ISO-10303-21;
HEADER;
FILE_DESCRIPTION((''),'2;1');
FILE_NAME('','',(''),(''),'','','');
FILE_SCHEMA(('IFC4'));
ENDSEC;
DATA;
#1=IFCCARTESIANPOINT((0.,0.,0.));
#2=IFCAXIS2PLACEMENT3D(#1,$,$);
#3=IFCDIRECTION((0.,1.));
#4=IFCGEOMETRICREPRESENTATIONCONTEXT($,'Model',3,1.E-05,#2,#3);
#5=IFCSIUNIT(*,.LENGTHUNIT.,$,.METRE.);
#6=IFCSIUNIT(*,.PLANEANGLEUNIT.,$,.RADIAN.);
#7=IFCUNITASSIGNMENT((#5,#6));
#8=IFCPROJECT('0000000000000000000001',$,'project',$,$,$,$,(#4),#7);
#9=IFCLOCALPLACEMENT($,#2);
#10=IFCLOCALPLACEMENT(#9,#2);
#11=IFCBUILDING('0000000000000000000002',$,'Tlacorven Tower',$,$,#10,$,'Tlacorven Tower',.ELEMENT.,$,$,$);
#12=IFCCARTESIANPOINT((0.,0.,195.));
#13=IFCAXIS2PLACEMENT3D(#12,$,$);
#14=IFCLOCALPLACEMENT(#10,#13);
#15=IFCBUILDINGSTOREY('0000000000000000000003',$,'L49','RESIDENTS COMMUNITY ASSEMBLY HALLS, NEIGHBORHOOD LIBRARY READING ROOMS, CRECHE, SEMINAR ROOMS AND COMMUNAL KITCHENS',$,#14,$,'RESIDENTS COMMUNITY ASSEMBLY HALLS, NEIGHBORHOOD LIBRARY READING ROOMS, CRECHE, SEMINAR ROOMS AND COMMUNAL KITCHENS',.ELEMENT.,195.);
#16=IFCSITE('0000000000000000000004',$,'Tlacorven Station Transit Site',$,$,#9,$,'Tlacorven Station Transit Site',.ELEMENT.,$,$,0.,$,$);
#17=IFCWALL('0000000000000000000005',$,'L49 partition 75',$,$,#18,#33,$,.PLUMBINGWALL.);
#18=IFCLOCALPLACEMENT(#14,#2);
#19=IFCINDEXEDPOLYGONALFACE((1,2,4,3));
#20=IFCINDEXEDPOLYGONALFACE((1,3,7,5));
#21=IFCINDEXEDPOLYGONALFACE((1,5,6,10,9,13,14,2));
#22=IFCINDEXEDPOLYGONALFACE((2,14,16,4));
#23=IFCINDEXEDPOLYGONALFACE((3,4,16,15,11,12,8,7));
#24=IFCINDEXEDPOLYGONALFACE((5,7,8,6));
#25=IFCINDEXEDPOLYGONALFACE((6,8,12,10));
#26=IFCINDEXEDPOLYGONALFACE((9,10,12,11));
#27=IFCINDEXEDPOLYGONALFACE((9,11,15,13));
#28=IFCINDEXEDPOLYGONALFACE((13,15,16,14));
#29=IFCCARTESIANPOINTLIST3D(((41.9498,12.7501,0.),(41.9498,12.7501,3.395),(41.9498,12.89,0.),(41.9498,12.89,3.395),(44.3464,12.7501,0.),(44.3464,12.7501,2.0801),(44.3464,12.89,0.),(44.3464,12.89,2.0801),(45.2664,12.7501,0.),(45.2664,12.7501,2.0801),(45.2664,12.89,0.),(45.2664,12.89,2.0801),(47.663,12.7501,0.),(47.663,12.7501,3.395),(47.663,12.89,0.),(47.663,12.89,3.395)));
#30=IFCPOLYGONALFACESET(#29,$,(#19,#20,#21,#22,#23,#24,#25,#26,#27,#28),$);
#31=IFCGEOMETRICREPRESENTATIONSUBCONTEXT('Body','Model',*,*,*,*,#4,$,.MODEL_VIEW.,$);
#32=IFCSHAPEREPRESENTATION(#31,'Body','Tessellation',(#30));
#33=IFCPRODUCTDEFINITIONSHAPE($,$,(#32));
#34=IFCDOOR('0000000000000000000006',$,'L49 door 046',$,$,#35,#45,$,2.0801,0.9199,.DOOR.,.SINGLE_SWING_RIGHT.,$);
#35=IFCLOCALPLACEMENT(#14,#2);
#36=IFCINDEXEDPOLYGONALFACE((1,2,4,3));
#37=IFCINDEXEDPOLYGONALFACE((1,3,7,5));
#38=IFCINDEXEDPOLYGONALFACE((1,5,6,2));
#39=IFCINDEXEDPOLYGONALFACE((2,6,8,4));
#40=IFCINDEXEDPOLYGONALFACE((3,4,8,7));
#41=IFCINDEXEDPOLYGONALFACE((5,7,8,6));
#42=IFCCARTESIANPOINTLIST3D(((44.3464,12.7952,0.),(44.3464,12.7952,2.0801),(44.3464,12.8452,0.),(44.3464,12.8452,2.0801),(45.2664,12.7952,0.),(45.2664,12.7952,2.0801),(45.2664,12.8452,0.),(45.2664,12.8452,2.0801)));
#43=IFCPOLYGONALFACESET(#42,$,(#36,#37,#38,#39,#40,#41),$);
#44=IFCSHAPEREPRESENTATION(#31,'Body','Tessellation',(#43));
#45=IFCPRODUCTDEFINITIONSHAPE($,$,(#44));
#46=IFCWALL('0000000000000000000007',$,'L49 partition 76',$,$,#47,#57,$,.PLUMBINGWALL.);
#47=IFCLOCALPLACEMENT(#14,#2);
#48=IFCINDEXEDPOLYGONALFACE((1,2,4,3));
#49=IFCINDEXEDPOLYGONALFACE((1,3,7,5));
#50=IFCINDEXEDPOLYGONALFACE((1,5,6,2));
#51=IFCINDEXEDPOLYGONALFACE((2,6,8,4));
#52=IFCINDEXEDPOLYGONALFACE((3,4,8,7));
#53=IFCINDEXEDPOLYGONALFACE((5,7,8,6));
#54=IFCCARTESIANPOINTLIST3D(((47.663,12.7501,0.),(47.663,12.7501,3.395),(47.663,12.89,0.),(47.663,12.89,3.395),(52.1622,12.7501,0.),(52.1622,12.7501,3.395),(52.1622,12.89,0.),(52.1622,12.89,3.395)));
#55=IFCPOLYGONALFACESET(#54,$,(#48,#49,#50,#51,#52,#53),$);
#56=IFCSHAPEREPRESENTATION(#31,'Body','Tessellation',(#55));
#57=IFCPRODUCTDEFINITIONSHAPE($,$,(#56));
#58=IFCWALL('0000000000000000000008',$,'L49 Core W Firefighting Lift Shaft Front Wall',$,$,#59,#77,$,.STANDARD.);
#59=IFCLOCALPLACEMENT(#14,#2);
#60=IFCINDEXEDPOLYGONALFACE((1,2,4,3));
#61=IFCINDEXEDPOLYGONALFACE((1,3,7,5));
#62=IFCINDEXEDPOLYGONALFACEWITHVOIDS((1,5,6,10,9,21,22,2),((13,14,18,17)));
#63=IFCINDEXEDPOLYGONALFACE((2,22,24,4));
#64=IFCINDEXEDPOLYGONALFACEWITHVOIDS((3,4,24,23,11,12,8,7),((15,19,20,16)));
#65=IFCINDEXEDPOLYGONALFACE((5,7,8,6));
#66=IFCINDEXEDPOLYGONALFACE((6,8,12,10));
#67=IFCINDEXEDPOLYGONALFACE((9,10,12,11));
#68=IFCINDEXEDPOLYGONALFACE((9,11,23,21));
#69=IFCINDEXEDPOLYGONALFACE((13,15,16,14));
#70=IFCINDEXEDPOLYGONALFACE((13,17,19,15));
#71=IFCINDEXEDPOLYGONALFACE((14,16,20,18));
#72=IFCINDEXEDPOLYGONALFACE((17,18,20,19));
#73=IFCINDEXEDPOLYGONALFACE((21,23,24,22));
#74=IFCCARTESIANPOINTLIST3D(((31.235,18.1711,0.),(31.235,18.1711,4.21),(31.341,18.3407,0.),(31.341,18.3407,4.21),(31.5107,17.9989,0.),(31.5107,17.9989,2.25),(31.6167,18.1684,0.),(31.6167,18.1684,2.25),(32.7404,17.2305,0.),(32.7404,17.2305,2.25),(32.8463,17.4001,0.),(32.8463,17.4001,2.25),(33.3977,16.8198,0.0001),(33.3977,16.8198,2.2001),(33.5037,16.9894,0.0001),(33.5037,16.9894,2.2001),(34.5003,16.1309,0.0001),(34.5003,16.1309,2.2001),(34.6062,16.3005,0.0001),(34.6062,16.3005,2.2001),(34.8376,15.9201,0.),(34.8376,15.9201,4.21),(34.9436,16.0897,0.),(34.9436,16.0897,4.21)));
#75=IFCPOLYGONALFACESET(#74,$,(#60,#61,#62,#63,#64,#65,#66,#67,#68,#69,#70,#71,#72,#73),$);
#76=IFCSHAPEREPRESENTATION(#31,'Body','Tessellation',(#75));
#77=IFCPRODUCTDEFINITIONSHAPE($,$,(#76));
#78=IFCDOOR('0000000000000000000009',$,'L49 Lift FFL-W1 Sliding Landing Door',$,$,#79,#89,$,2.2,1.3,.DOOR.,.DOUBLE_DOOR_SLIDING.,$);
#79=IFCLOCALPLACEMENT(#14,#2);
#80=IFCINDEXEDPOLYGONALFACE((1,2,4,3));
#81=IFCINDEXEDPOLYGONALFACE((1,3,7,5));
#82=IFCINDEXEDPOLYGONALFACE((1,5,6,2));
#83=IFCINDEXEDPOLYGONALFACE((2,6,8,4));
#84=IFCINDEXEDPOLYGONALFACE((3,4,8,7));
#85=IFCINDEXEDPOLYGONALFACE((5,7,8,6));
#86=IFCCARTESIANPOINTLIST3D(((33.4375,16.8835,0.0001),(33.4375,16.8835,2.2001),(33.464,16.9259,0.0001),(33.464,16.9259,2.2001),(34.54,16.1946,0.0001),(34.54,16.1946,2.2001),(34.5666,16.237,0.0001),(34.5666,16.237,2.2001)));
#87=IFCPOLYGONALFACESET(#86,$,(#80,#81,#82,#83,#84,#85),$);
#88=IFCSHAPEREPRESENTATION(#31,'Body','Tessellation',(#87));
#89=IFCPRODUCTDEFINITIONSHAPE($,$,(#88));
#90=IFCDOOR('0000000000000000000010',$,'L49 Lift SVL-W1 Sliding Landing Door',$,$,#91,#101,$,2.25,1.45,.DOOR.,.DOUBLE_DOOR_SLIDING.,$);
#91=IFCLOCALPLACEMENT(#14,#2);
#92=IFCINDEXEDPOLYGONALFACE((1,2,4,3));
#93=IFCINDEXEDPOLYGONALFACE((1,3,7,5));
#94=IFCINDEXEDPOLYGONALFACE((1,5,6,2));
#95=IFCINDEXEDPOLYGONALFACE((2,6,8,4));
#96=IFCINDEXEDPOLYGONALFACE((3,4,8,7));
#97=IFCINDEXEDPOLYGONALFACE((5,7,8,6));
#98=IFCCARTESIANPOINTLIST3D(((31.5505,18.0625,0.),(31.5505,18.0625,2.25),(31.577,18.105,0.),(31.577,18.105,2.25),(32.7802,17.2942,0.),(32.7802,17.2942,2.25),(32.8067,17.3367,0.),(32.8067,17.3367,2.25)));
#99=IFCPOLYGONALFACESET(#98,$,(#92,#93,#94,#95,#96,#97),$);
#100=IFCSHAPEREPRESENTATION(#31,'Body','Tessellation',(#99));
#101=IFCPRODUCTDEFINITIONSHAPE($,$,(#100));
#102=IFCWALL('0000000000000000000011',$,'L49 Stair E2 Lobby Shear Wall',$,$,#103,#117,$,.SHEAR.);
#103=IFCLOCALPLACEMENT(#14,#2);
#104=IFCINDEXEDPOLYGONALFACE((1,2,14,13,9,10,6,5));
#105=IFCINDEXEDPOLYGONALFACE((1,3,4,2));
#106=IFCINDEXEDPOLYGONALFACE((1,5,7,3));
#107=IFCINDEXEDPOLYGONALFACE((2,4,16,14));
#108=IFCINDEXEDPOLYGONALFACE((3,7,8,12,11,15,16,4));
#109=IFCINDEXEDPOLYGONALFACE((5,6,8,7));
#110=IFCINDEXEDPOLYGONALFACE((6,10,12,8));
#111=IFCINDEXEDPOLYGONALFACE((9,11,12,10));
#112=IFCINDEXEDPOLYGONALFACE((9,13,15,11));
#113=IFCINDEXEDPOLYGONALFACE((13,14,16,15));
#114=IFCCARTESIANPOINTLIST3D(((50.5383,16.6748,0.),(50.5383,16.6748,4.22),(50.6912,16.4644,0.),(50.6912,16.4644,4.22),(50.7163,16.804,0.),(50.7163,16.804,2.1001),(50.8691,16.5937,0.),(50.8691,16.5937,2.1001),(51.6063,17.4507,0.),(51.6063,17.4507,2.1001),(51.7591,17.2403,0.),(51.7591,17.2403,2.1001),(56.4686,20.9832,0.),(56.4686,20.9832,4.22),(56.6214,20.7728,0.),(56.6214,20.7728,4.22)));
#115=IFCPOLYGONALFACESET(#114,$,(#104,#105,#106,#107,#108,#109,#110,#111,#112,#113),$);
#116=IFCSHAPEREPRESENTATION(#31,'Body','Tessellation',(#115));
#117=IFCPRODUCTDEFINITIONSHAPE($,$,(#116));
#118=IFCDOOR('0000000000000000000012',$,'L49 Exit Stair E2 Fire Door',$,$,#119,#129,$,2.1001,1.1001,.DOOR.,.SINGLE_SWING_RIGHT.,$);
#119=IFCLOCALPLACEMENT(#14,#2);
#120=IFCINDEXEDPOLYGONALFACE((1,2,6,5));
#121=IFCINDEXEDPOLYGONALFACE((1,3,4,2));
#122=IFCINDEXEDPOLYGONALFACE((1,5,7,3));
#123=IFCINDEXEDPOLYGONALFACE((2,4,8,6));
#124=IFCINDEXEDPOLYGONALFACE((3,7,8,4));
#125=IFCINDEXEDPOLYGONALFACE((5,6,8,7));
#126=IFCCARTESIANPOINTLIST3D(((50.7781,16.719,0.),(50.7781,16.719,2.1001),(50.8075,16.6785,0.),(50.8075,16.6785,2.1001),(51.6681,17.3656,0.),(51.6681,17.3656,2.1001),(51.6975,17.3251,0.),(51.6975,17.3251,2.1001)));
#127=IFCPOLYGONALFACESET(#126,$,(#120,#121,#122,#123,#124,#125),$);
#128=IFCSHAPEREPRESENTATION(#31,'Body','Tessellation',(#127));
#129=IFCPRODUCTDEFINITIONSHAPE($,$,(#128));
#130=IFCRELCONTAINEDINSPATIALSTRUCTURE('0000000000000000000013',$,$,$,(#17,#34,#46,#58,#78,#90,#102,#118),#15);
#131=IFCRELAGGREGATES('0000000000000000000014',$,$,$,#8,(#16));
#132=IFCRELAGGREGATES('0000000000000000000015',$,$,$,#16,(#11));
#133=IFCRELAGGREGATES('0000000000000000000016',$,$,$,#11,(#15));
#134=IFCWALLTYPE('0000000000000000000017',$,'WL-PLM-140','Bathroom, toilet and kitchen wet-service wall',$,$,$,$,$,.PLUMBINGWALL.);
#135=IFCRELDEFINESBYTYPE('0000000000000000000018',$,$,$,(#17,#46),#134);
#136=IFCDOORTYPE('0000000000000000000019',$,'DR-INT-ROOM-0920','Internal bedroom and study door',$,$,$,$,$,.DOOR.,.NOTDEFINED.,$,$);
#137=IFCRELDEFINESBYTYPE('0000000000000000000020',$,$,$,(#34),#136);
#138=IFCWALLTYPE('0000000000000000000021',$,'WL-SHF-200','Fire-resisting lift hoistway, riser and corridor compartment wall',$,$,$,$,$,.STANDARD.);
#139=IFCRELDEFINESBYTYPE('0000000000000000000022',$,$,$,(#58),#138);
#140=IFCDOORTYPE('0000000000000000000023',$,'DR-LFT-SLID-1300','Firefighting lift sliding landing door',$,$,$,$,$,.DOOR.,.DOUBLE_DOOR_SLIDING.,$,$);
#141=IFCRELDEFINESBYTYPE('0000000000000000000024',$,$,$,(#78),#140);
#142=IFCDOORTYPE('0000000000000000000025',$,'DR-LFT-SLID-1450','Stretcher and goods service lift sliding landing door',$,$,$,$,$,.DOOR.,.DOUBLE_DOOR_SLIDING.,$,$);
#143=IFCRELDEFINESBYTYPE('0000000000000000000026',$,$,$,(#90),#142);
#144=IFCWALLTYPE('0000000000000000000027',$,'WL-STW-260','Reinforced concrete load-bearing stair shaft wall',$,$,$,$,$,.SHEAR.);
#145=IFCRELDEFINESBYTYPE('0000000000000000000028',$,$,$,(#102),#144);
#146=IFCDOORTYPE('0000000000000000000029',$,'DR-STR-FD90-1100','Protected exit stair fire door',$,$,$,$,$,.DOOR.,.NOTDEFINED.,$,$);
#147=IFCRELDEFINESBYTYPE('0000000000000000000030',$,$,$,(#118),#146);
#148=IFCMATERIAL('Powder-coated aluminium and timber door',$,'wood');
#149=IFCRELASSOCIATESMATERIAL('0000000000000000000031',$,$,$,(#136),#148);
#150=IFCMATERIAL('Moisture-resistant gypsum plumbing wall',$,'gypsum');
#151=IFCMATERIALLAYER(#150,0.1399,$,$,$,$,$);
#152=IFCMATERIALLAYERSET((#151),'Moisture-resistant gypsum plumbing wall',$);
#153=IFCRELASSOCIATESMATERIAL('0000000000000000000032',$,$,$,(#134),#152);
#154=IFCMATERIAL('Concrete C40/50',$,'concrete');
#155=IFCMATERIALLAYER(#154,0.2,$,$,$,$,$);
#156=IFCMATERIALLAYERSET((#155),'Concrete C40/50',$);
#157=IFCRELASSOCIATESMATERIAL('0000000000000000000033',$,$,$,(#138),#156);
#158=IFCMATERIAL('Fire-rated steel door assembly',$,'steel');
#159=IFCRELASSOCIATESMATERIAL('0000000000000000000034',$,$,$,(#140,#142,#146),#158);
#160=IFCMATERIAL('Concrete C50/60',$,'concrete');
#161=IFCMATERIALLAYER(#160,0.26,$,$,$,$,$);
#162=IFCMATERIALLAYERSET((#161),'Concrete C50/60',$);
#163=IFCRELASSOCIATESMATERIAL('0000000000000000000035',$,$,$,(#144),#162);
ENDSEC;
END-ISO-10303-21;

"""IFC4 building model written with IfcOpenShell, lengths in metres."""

from ifc_helpers import new_model, si_unit, direction, frame, frame_2d, origin, place, context, subcontext, project, spatial, rectangle, extrude, source, transform, mapped, material, layer, layer_set, type_object, element, fill, save


model = new_model("IFC4")

# Units and contexts
model_context = context("Model", 3, precision=1e-05, world=origin(), true_north=direction((0.0, 1.0)))
body_context = subcontext(model_context, "Body", "Model", "MODEL_VIEW")
ifc_project = project(units=[si_unit("LENGTHUNIT", "METRE"), si_unit("PLANEANGLEUNIT", "RADIAN")], contexts=[model_context])

# Site, building, storey
site_placement = place(None, origin())
site = spatial("IfcSite", under=ifc_project, at=site_placement, Name="Tlacorven Station Transit Site", LongName="Tlacorven Station Transit Site", CompositionType="ELEMENT", RefElevation=0.0)
building_placement = place(site_placement, origin())
building = spatial("IfcBuilding", under=site, at=building_placement, Name="Tlacorven Tower", LongName="Tlacorven Tower", CompositionType="ELEMENT")
storey_placement = place(building_placement, frame((0.0, 0.0, 195.0)))
storey = spatial("IfcBuildingStorey", under=building, at=storey_placement, Name="L49", Description="RESIDENTS COMMUNITY ASSEMBLY HALLS, NEIGHBORHOOD LIBRARY READING ROOMS, CRECHE, SEMINAR ROOMS AND COMMUNAL KITCHENS", LongName="RESIDENTS COMMUNITY ASSEMBLY HALLS, NEIGHBORHOOD LIBRARY READING ROOMS, CRECHE, SEMINAR ROOMS AND COMMUNAL KITCHENS", CompositionType="ELEMENT", Elevation=195.0)

# Shared definitions
ifc_material_1 = material(Name="Fire-rated steel door assembly", Category="steel")

# Shared definitions
ifc_material_2 = material(Name="Powder-coated aluminium and timber door", Category="wood")
door_type_1 = type_object("IfcDoorType", Name="DR-INT-ROOM-0920", Description="Internal bedroom and study door", OperationType="NOTDEFINED", PredefinedType="DOOR", material=ifc_material_2)
shared_shape_1 = source(origin(), body_context, "Body", "SweptSolid", [
    extrude(rectangle(XDim=0.9199, YDim=2.0801, at=frame_2d((0.46, 1.04))), frame((0.0, 0.0249, 0.0), z_axis=(0.0, -1.0, 0.0), x_axis=(1.0, 0.0, 0.0)), (0.0, 0.0, 1.0), 0.05),
])

# Shared definitions
ifc_material_3 = material(Name="Moisture-resistant gypsum plumbing wall", Category="gypsum")
ifc_layer_1 = layer(ifc_material_3, 0.1399)
ifc_layer_set_1 = layer_set([ifc_layer_1], Name="Moisture-resistant gypsum plumbing wall")
wall_type_1 = type_object("IfcWallType", Name="WL-PLM-140", Description="Bathroom, toilet and kitchen wet-service wall", PredefinedType="PLUMBINGWALL", material=ifc_layer_set_1)

# Wall, opening, door
wall_1_placement = place(storey_placement, frame((41.95, 12.8201, 0.0), z_axis=(0.0, 0.0, 1.0), x_axis=(1.0, 0.0, 0.0)))
wall_1 = element("IfcWall", 1, at=wall_1_placement, inside=storey, type_object=wall_type_1, Name="L49 partition 75", PredefinedType="PLUMBINGWALL", context=body_context, shape_type="SweptSolid", body=[
    extrude(rectangle(XDim=5.7131, YDim=0.1399, at=frame_2d((2.8564, 0.0))), origin(), (0.0, 0.0, 1.0), 3.395),
])
opening_1_placement = place(wall_1_placement, frame((2.3965, 0.0, 0.0)))
opening_1 = element("IfcOpeningElement", 2, at=opening_1_placement, cuts=wall_1, PredefinedType="OPENING", context=body_context, shape_type="SweptSolid", body=[
    extrude(rectangle(XDim=0.9199, YDim=2.0801, at=frame_2d((0.46, 1.04))), frame((0.0, 0.0801, 0.0), z_axis=(0.0, -1.0, 0.0), x_axis=(1.0, 0.0, 0.0)), (0.0, 0.0, 1.0), 0.1599),
])
door_1_placement = place(opening_1_placement, frame((0.9199, 0.0, 0.0), z_axis=(0.0, 0.0, 1.0), x_axis=(-1.0, 0.0, 0.0)))
door_1 = element("IfcDoor", 3, at=door_1_placement, inside=storey, type_object=door_type_1, Name="L49 door 046", OperationType="SINGLE_SWING_RIGHT", OverallHeight=2.0801, OverallWidth=0.9199, PredefinedType="DOOR", context=body_context, shape_type="MappedRepresentation", body=[
    mapped(shared_shape_1, transform((0.0, 0.0, 0.0), scale=1.0)),
])
fill(opening_1, door_1)

# Wall
wall_2_placement = place(storey_placement, frame((47.6631, 12.8201, 0.0), z_axis=(0.0, 0.0, 1.0), x_axis=(1.0, 0.0, 0.0)))
element("IfcWall", 4, at=wall_2_placement, inside=storey, type_object=wall_type_1, Name="L49 partition 76", PredefinedType="PLUMBINGWALL", context=body_context, shape_type="SweptSolid", body=[
    extrude(rectangle(XDim=4.4993, YDim=0.1399, at=frame_2d((2.2495, 0.0))), origin(), (0.0, 0.0, 1.0), 3.395),
])

# Wall, openings, doors
ifc_material_4 = material(Name="Concrete C40/50", Category="concrete")
ifc_layer_2 = layer(ifc_material_4, 0.2)
ifc_layer_set_2 = layer_set([ifc_layer_2], Name="Concrete C40/50")
wall_type_2 = type_object("IfcWallType", Name="WL-SHF-200", Description="Fire-resisting lift hoistway, riser and corridor compartment wall", PredefinedType="STANDARD", material=ifc_layer_set_2)
wall_3_placement = place(storey_placement, frame((34.8906, 16.0049, 0.0), z_axis=(0.0, 0.0, 1.0), x_axis=(-0.848063, 0.529896, 0.0)))
wall_3 = element("IfcWall", 5, at=wall_3_placement, inside=storey, type_object=wall_type_2, Name="L49 Core W Firefighting Lift Shaft Front Wall", PredefinedType="STANDARD", context=body_context, shape_type="SweptSolid", body=[
    extrude(rectangle(XDim=4.248, YDim=0.2, at=frame_2d((2.124, 0.0))), origin(), (0.0, 0.0, 1.0), 4.21),
])
opening_2_placement = place(wall_3_placement, frame((0.3979, 0.0, 0.0)))
opening_2 = element("IfcOpeningElement", 6, at=opening_2_placement, cuts=wall_3, PredefinedType="OPENING", context=body_context, shape_type="SweptSolid", body=[
    extrude(rectangle(XDim=1.3, YDim=2.2, at=frame_2d((0.6499, 1.1001))), frame((0.0, 0.1099, 0.0), z_axis=(0.0, -1.0, 0.0), x_axis=(1.0, 0.0, 0.0)), (0.0, 0.0, 1.0), 0.22),
])
opening_3_placement = place(wall_3_placement, frame((2.4729, 0.0, 0.0)))
opening_3 = element("IfcOpeningElement", 7, at=opening_3_placement, cuts=wall_3, PredefinedType="OPENING", context=body_context, shape_type="SweptSolid", body=[
    extrude(rectangle(XDim=1.45, YDim=2.25, at=frame_2d((0.7251, 1.125))), frame((0.0, 0.1099, 0.0), z_axis=(0.0, -1.0, 0.0), x_axis=(1.0, 0.0, 0.0)), (0.0, 0.0, 1.0), 0.22),
])
door_type_2 = type_object("IfcDoorType", Name="DR-LFT-SLID-1300", Description="Firefighting lift sliding landing door", OperationType="DOUBLE_DOOR_SLIDING", PredefinedType="DOOR", material=ifc_material_1)
shared_shape_2 = source(origin(), body_context, "Body", "SweptSolid", [
    extrude(rectangle(XDim=1.3, YDim=2.2, at=frame_2d((0.6499, 1.1001))), frame((0.0, 0.0249, 0.0), z_axis=(0.0, -1.0, 0.0), x_axis=(1.0, 0.0, 0.0)), (0.0, 0.0, 1.0), 0.05),
])
door_2_placement = place(opening_2_placement, origin())
door_2 = element("IfcDoor", 8, at=door_2_placement, inside=storey, type_object=door_type_2, Name="L49 Lift FFL-W1 Sliding Landing Door", OperationType="DOUBLE_DOOR_SLIDING", OverallHeight=2.2, OverallWidth=1.3, PredefinedType="DOOR", context=body_context, shape_type="MappedRepresentation", body=[
    mapped(shared_shape_2, transform((0.0, 0.0, 0.0), scale=1.0)),
])
fill(opening_2, door_2)
door_type_3 = type_object("IfcDoorType", Name="DR-LFT-SLID-1450", Description="Stretcher and goods service lift sliding landing door", OperationType="DOUBLE_DOOR_SLIDING", PredefinedType="DOOR", material=ifc_material_1)
shared_shape_3 = source(origin(), body_context, "Body", "SweptSolid", [
    extrude(rectangle(XDim=1.45, YDim=2.25, at=frame_2d((0.7251, 1.125))), frame((0.0, 0.0249, 0.0), z_axis=(0.0, -1.0, 0.0), x_axis=(1.0, 0.0, 0.0)), (0.0, 0.0, 1.0), 0.05),
])
door_3_placement = place(opening_3_placement, origin())
door_3 = element("IfcDoor", 9, at=door_3_placement, inside=storey, type_object=door_type_3, Name="L49 Lift SVL-W1 Sliding Landing Door", OperationType="DOUBLE_DOOR_SLIDING", OverallHeight=2.25, OverallWidth=1.45, PredefinedType="DOOR", context=body_context, shape_type="MappedRepresentation", body=[
    mapped(shared_shape_3, transform((0.0, 0.0, 0.0), scale=1.0)),
])
fill(opening_3, door_3)

# Wall, opening, door
ifc_material_5 = material(Name="Concrete C50/60", Category="concrete")
ifc_layer_3 = layer(ifc_material_5, 0.26)
ifc_layer_set_3 = layer_set([ifc_layer_3], Name="Concrete C50/60")
wall_type_3 = type_object("IfcWallType", Name="WL-STW-260", Description="Reinforced concrete load-bearing stair shaft wall", PredefinedType="SHEAR", material=ifc_layer_set_3)
wall_4_placement = place(storey_placement, frame((50.6147, 16.5696, 0.0), z_axis=(0.0, 0.0, 1.0), x_axis=(0.809028, 0.58777, 0.0)))
wall_4 = element("IfcWall", 10, at=wall_4_placement, inside=storey, type_object=wall_type_3, Name="L49 Stair E2 Lobby Shear Wall", PredefinedType="SHEAR", context=body_context, shape_type="SweptSolid", body=[
    extrude(rectangle(XDim=7.3301, YDim=0.26, at=frame_2d((3.665, 0.0))), origin(), (0.0, 0.0, 1.0), 4.22),
])
opening_4_placement = place(wall_4_placement, frame((0.22, 0.0, 0.0)))
opening_4 = element("IfcOpeningElement", 11, at=opening_4_placement, cuts=wall_4, PredefinedType="OPENING", context=body_context, shape_type="SweptSolid", body=[
    extrude(rectangle(XDim=1.1001, YDim=2.1001, at=frame_2d((0.55, 1.05))), frame((0.0, 0.1401, 0.0), z_axis=(0.0, -1.0, 0.0), x_axis=(1.0, 0.0, 0.0)), (0.0, 0.0, 1.0), 0.28),
])
door_type_4 = type_object("IfcDoorType", Name="DR-STR-FD90-1100", Description="Protected exit stair fire door", OperationType="NOTDEFINED", PredefinedType="DOOR", material=ifc_material_1)
shared_shape_4 = source(origin(), body_context, "Body", "SweptSolid", [
    extrude(rectangle(XDim=1.1001, YDim=2.1001, at=frame_2d((0.55, 1.05))), frame((0.0, 0.0249, 0.0), z_axis=(0.0, -1.0, 0.0), x_axis=(1.0, 0.0, 0.0)), (0.0, 0.0, 1.0), 0.05),
])
door_4_placement = place(opening_4_placement, origin())
door_4 = element("IfcDoor", 12, at=door_4_placement, inside=storey, type_object=door_type_4, Name="L49 Exit Stair E2 Fire Door", OperationType="SINGLE_SWING_RIGHT", OverallHeight=2.1001, OverallWidth=1.1001, PredefinedType="DOOR", context=body_context, shape_type="MappedRepresentation", body=[
    mapped(shared_shape_4, transform((0.0, 0.0, 0.0), scale=1.0)),
])
fill(opening_4, door_4)

save(model, "model.ifc")
